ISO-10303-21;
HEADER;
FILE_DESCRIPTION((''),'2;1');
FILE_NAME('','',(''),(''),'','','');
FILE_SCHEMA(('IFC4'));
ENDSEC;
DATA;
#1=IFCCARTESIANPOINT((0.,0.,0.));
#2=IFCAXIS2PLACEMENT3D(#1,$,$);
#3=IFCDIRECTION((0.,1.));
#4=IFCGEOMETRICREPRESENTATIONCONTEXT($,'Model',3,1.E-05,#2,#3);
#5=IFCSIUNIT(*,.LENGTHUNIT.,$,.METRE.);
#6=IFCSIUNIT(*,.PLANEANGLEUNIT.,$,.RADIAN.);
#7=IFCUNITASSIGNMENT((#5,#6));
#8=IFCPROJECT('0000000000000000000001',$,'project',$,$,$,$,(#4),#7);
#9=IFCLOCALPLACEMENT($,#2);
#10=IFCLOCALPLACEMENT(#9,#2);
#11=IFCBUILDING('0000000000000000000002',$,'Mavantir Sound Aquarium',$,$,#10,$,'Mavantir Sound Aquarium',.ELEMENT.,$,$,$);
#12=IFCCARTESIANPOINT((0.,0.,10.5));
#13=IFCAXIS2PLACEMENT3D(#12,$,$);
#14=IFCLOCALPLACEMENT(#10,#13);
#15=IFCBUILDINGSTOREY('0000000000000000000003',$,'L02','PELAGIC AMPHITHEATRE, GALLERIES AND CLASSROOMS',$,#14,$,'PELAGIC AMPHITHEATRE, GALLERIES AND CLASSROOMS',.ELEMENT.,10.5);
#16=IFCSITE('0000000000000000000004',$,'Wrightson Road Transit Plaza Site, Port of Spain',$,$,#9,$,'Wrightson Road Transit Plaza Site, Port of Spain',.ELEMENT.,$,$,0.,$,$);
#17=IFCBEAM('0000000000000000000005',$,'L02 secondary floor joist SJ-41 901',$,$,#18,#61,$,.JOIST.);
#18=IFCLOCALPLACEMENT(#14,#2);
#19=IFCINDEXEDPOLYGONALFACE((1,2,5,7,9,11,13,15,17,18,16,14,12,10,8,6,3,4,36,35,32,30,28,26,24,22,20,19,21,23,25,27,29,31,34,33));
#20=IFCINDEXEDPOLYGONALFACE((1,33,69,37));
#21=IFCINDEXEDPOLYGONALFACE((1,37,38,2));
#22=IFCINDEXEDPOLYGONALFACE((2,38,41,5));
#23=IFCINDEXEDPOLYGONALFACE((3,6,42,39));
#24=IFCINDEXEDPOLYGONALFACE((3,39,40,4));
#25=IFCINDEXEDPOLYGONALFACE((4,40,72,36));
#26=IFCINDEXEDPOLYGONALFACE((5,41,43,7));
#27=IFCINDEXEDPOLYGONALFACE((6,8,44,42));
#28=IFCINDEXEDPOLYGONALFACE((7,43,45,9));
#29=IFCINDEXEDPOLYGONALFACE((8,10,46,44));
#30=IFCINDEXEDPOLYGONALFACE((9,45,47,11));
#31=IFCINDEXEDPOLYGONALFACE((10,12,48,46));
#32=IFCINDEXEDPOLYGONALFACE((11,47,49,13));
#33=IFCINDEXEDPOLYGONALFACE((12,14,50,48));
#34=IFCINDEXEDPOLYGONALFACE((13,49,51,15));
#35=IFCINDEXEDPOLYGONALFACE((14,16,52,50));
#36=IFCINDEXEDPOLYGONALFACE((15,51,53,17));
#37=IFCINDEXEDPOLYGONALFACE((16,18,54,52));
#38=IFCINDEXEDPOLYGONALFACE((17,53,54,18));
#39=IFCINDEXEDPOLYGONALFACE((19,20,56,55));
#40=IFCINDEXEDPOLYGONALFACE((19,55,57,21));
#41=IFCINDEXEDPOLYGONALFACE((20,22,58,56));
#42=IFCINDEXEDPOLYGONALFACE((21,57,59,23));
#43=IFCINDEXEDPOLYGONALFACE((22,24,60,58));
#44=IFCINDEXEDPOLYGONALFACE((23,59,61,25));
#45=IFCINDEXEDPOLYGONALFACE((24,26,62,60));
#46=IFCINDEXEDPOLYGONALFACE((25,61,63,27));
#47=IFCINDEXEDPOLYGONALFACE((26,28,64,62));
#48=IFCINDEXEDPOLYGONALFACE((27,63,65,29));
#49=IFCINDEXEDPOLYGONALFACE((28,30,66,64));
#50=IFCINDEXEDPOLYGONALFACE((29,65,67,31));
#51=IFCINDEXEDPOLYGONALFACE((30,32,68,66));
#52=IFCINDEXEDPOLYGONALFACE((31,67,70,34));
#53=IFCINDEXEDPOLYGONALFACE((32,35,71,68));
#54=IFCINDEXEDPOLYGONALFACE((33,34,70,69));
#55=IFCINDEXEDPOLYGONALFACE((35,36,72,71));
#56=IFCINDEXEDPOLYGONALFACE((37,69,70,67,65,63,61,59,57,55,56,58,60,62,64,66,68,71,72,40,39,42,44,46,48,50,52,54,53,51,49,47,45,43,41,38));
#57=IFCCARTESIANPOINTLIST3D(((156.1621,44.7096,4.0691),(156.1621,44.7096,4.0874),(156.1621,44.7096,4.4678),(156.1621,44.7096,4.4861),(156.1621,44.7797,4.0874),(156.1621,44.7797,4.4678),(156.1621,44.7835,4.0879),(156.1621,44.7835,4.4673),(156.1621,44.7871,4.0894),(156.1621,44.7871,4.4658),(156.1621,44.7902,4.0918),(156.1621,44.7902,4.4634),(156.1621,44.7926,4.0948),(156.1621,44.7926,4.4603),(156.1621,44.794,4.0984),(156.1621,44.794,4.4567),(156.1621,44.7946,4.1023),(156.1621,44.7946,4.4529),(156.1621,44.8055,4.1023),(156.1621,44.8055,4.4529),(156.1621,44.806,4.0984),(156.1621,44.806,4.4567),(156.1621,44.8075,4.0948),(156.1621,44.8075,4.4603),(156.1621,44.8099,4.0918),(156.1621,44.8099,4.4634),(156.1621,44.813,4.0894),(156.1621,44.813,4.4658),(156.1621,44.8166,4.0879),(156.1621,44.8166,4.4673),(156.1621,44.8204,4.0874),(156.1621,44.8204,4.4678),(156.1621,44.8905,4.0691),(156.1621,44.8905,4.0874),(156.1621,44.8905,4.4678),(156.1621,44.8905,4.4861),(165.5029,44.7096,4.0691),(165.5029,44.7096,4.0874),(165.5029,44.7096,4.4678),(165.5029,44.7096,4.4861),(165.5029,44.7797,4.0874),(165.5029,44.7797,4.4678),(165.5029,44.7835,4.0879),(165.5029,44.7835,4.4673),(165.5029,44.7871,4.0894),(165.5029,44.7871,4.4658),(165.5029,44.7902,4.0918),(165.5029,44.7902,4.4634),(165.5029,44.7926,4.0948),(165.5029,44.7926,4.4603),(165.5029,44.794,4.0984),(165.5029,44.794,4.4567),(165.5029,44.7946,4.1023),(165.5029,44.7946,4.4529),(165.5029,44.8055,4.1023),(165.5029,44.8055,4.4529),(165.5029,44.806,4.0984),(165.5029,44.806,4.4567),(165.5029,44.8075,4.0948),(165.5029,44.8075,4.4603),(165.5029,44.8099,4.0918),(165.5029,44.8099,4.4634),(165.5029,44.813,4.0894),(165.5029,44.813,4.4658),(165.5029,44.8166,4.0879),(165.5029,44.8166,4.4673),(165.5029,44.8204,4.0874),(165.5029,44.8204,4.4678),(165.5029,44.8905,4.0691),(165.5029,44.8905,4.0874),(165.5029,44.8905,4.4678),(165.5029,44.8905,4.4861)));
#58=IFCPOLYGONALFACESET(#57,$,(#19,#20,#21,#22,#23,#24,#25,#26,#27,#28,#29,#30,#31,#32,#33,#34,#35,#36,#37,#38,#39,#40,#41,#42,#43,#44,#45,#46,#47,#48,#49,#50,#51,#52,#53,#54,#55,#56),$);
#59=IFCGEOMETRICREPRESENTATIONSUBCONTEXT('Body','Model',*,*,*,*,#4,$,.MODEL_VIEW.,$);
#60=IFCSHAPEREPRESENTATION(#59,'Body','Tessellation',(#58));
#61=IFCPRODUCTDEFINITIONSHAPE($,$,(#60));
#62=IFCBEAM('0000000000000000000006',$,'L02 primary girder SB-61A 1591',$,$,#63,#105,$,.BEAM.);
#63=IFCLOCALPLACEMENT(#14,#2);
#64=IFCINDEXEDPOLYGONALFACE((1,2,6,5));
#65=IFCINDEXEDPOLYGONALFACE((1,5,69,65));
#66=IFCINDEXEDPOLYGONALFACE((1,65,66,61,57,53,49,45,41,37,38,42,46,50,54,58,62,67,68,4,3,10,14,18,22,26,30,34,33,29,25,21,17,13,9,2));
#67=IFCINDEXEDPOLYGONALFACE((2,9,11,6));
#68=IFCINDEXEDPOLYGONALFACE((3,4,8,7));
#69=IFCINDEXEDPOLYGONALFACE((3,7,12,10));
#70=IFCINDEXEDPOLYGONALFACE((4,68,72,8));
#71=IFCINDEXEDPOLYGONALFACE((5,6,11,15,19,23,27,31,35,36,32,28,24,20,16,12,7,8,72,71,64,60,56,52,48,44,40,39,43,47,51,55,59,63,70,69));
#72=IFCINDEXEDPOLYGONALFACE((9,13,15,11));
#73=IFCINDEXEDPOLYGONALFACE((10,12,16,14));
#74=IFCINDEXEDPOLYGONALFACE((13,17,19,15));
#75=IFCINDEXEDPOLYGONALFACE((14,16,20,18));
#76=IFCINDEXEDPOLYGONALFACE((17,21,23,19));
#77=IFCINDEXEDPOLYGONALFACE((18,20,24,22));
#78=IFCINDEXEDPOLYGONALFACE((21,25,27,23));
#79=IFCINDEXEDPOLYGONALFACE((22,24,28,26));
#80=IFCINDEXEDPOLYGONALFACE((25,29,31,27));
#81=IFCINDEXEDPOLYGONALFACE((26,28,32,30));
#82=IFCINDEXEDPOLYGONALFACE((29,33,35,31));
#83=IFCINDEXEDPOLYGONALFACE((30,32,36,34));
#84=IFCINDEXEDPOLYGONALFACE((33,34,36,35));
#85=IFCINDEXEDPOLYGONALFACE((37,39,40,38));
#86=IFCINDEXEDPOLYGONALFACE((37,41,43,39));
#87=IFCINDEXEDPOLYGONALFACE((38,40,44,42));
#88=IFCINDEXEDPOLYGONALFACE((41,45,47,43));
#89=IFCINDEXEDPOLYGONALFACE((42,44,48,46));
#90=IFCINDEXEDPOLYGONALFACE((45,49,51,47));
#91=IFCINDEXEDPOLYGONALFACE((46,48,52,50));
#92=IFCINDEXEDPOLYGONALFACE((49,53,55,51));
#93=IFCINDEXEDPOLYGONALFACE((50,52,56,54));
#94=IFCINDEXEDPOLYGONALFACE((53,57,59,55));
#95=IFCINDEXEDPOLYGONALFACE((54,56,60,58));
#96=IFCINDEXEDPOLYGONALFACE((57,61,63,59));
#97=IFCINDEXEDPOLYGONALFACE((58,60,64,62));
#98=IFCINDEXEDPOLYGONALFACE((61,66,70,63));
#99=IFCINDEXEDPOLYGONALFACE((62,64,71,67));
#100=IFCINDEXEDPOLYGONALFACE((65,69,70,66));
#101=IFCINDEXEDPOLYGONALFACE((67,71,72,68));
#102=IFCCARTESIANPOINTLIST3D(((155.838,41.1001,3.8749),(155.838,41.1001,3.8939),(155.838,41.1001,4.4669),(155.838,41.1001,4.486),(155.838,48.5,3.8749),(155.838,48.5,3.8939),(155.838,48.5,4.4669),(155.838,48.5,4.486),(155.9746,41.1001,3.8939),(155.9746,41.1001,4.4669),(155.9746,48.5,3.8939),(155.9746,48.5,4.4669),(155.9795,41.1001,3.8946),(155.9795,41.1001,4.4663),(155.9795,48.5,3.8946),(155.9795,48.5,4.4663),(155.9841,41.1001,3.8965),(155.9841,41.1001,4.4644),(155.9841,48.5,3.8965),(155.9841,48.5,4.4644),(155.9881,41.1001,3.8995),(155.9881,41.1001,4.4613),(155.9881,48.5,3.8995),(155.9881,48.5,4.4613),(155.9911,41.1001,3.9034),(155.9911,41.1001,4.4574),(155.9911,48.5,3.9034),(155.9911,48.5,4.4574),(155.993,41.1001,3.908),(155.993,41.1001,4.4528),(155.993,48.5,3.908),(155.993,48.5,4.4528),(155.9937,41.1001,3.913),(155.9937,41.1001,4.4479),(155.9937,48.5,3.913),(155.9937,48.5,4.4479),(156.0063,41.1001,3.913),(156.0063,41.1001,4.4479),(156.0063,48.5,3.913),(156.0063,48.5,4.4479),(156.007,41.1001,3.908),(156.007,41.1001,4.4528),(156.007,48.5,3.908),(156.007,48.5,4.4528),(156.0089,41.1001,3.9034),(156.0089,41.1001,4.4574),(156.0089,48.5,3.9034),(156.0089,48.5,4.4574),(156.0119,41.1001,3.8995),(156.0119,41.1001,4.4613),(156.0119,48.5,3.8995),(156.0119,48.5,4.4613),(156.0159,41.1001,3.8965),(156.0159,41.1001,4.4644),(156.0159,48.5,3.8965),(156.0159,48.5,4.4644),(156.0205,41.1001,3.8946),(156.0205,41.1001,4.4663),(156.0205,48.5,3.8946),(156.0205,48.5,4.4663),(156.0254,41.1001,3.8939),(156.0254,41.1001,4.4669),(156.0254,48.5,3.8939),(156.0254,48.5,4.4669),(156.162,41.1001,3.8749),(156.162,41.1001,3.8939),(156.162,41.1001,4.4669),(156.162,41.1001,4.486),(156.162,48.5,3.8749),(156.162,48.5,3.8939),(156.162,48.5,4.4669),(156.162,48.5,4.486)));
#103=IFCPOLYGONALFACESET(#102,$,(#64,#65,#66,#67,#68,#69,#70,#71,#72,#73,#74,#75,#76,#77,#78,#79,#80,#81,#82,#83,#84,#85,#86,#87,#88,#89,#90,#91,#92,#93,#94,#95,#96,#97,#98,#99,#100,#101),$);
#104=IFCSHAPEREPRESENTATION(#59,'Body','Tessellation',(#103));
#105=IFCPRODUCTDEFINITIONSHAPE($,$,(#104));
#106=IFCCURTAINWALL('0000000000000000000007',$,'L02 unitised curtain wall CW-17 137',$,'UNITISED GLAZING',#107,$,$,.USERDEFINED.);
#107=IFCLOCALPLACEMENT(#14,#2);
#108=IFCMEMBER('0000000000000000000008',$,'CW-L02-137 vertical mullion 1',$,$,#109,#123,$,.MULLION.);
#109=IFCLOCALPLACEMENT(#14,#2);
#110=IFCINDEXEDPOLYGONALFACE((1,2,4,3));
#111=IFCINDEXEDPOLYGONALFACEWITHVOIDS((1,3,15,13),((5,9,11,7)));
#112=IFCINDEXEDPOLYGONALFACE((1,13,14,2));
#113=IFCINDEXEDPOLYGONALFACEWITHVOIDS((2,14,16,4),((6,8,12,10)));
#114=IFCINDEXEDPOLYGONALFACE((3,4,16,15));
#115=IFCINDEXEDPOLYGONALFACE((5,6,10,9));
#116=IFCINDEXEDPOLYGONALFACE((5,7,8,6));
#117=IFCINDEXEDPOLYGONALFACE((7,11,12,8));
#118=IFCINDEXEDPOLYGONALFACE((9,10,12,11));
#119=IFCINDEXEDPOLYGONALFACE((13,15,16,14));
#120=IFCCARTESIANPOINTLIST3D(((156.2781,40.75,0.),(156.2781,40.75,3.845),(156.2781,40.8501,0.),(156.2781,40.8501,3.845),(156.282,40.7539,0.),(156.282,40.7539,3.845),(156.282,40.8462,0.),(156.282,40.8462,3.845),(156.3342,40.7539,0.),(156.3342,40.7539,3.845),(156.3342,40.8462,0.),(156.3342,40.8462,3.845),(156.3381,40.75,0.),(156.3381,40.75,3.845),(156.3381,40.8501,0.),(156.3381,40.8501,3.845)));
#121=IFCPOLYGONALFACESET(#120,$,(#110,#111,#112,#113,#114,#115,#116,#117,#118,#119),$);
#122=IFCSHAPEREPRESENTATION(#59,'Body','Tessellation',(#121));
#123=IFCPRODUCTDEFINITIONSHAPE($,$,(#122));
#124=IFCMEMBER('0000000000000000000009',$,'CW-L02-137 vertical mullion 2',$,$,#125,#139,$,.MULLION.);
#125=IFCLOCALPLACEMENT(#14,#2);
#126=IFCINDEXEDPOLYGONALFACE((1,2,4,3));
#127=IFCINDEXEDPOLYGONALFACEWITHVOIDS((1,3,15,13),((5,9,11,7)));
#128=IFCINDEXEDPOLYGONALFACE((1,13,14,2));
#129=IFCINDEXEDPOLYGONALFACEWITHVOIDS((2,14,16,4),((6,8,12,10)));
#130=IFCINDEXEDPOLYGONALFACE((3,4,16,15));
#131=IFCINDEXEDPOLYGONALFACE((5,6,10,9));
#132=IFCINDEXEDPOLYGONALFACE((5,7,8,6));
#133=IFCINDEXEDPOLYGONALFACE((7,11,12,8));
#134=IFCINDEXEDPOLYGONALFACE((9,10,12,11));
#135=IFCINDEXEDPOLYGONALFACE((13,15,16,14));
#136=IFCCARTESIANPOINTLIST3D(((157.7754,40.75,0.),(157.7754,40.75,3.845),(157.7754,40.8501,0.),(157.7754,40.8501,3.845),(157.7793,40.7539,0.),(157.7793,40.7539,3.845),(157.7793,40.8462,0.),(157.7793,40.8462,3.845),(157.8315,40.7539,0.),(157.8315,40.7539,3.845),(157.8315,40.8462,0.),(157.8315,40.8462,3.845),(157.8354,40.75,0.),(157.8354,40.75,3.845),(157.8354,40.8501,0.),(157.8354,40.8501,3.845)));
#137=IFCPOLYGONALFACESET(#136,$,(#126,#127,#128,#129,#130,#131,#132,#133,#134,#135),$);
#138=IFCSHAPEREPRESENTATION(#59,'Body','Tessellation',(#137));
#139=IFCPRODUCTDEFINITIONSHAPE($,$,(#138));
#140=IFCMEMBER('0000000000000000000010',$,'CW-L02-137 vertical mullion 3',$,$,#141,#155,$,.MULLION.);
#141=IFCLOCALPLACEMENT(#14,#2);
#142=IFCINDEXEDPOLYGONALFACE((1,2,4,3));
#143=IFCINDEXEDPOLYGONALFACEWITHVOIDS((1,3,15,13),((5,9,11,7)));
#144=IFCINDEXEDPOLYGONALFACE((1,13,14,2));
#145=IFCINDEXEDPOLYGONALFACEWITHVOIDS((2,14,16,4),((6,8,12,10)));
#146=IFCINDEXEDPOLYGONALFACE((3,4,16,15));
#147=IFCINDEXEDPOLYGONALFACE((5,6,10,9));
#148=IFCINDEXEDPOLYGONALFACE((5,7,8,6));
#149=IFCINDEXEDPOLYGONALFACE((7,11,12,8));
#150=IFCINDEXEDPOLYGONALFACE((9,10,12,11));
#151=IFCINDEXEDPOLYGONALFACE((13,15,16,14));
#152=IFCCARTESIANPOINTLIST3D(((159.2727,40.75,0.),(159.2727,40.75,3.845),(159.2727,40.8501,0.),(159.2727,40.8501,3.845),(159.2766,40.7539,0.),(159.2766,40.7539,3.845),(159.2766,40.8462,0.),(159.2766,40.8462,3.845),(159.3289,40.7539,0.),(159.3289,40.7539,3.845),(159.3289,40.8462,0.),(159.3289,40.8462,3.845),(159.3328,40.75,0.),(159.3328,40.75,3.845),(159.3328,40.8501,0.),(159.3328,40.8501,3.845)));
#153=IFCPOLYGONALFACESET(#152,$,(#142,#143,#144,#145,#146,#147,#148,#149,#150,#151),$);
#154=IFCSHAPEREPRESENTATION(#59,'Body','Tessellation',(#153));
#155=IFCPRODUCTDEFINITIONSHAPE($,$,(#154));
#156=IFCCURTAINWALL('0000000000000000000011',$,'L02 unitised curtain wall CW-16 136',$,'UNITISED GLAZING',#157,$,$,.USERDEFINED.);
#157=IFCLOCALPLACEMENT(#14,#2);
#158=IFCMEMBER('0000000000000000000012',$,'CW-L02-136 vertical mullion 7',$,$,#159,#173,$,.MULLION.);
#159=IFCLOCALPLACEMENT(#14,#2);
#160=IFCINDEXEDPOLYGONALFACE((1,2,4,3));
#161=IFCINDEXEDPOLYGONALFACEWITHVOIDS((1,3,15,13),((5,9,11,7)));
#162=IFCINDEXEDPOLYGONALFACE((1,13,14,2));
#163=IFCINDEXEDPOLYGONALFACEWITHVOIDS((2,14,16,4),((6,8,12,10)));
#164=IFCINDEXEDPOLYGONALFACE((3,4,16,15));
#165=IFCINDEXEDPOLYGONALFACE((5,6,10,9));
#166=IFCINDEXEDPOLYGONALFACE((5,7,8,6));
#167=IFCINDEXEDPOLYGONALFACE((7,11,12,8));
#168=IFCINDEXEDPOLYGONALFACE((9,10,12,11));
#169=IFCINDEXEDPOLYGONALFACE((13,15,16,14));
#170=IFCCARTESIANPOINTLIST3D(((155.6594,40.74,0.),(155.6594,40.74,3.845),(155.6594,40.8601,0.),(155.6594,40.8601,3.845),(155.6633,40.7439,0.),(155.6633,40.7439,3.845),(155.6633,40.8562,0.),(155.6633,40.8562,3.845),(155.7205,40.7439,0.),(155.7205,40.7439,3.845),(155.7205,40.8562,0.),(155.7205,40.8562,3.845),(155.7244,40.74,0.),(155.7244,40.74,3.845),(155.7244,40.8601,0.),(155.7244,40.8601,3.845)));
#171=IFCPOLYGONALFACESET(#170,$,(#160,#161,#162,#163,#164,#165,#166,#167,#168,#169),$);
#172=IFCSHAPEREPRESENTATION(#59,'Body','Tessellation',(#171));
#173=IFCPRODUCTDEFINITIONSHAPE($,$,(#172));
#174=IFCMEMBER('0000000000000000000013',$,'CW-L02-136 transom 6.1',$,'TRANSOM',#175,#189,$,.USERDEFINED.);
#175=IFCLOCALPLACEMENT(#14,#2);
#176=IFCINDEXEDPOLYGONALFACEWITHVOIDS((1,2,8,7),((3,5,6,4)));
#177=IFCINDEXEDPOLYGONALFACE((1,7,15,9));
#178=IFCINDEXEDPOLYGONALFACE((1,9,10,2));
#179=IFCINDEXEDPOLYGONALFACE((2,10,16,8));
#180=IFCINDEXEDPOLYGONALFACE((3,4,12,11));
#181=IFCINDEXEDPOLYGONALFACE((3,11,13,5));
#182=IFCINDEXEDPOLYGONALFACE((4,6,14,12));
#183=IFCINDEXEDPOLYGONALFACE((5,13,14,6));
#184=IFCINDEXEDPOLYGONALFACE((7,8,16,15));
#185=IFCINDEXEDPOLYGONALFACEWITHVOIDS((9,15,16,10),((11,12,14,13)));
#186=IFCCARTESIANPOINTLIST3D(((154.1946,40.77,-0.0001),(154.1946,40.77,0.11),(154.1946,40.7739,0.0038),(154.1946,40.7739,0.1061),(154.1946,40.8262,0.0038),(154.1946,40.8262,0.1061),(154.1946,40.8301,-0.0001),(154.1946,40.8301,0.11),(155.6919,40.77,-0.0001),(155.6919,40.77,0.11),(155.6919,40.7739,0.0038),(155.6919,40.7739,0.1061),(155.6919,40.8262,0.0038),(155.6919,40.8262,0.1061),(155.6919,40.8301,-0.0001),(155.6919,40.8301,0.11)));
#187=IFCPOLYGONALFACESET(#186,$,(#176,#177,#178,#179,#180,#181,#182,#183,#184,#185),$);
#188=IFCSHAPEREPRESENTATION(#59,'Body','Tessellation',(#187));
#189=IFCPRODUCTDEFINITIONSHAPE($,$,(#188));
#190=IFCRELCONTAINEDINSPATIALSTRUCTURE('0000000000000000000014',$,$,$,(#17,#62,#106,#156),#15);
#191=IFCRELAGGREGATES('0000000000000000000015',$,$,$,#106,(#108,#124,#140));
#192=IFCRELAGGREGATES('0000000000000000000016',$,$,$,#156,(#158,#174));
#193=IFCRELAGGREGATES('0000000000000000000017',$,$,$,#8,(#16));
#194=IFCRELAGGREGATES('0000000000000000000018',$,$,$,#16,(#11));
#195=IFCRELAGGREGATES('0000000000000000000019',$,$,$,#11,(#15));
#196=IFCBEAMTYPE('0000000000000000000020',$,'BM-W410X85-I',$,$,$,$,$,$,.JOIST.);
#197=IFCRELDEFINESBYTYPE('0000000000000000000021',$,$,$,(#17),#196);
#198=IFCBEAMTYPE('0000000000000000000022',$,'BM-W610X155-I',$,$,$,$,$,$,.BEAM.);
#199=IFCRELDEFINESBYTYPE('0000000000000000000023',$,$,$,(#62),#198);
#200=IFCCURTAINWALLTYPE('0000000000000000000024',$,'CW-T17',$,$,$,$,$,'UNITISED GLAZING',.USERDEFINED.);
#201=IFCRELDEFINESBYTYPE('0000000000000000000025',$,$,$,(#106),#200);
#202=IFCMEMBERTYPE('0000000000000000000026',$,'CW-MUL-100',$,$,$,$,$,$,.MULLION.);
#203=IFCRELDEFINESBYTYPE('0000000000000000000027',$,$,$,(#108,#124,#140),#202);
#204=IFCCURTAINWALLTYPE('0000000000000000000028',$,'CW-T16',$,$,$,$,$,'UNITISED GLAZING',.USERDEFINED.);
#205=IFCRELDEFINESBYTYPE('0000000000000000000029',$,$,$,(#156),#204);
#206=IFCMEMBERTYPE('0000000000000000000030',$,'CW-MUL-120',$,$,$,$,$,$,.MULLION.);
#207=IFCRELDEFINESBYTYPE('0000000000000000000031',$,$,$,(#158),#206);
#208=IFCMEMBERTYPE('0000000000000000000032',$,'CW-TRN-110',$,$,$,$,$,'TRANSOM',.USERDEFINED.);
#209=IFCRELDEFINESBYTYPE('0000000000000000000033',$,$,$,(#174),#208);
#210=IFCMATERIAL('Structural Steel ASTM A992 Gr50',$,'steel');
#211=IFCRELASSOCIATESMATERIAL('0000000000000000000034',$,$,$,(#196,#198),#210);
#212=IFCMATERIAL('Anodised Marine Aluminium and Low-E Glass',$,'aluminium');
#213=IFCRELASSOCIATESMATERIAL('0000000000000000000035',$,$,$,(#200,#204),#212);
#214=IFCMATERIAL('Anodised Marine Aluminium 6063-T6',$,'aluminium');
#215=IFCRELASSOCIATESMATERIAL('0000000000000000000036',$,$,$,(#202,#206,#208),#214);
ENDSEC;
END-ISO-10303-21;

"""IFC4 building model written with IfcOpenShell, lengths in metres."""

from ifc_helpers import new_model, si_unit, direction, frame, origin, origin_2d, place, context, subcontext, project, spatial, hollow_rectangle, i_section, extrude, material, material_profile, profile_set, type_object, element, aggregate, save


model = new_model("IFC4")

# Units and contexts
model_context = context("Model", 3, precision=1e-05, world=origin(), true_north=direction((0.0, 1.0)))
body_context = subcontext(model_context, "Body", "Model", "MODEL_VIEW")
ifc_project = project(units=[si_unit("LENGTHUNIT", "METRE"), si_unit("PLANEANGLEUNIT", "RADIAN")], contexts=[model_context])

# Site, building, storey
site_placement = place(None, origin())
site = spatial("IfcSite", under=ifc_project, at=site_placement, Name="Wrightson Road Transit Plaza Site, Port of Spain", LongName="Wrightson Road Transit Plaza Site, Port of Spain", CompositionType="ELEMENT", RefElevation=0.0)
building_placement = place(site_placement, origin())
building = spatial("IfcBuilding", under=site, at=building_placement, Name="Mavantir Sound Aquarium", LongName="Mavantir Sound Aquarium", CompositionType="ELEMENT")
storey_placement = place(building_placement, frame((0.0, 0.0, 10.5)))
storey = spatial("IfcBuildingStorey", under=building, at=storey_placement, Name="L02", Description="PELAGIC AMPHITHEATRE, GALLERIES AND CLASSROOMS", LongName="PELAGIC AMPHITHEATRE, GALLERIES AND CLASSROOMS", CompositionType="ELEMENT", Elevation=10.5)

# Beams
ifc_material_1 = material(Name="Structural Steel ASTM A992 Gr50", Category="steel")
ifc_material_profile_1 = material_profile(ifc_material_1, i_section(OverallWidth=0.1809, OverallDepth=0.417, WebThickness=0.011, FlangeThickness=0.0183, FilletRadius=0.0149, at=origin_2d()), Name="W410X85")
ifc_profile_set_1 = profile_set([ifc_material_profile_1], Name="Structural Steel ASTM A992 Gr50")
beam_type_1 = type_object("IfcBeamType", Name="BM-W410X85-I", PredefinedType="JOIST", material=ifc_profile_set_1)
beam_1_placement = place(storey_placement, frame((156.1621, 44.8, 4.2776), z_axis=(1.0, 0.0, 0.0), x_axis=(0.0, 1.0, 0.0)))
element("IfcBeam", 1, at=beam_1_placement, inside=storey, type_object=beam_type_1, Name="L02 secondary floor joist SJ-41 901", PredefinedType="JOIST", context=body_context, shape_type="SweptSolid", body=[
    extrude(i_section(OverallWidth=0.1809, OverallDepth=0.417, WebThickness=0.011, FlangeThickness=0.0183, FilletRadius=0.0149, at=origin_2d()), origin(), (0.0, 0.0, 1.0), 9.3408),
])
ifc_material_profile_2 = material_profile(ifc_material_1, i_section(OverallWidth=0.324, OverallDepth=0.6111, WebThickness=0.0127, FlangeThickness=0.019, FilletRadius=0.019, at=origin_2d()), Name="W610X155")
ifc_profile_set_2 = profile_set([ifc_material_profile_2], Name="Structural Steel ASTM A992 Gr50")
beam_type_2 = type_object("IfcBeamType", Name="BM-W610X155-I", PredefinedType="BEAM", material=ifc_profile_set_2)
beam_2_placement = place(storey_placement, frame((156.0, 41.1001, 4.1804), z_axis=(0.0, 1.0, 0.0), x_axis=(-1.0, 0.0, 0.0)))
element("IfcBeam", 2, at=beam_2_placement, inside=storey, type_object=beam_type_2, Name="L02 primary girder SB-61A 1591", PredefinedType="BEAM", context=body_context, shape_type="SweptSolid", body=[
    extrude(i_section(OverallWidth=0.324, OverallDepth=0.6111, WebThickness=0.0127, FlangeThickness=0.019, FilletRadius=0.019, at=origin_2d()), origin(), (0.0, 0.0, 1.0), 7.3999),
])

# Curtain walls, members
ifc_material_2 = material(Name="Anodised Marine Aluminium and Low-E Glass", Category="aluminium")
curtain_wall_type_1 = type_object("IfcCurtainWallType", Name="CW-T17", ElementType="UNITISED GLAZING", PredefinedType="USERDEFINED", material=ifc_material_2)
curtain_wall_1_placement = place(storey_placement, origin())
curtain_wall_1 = element("IfcCurtainWall", 3, at=curtain_wall_1_placement, inside=storey, type_object=curtain_wall_type_1, Name="L02 unitised curtain wall CW-17 137", ObjectType="UNITISED GLAZING", PredefinedType="USERDEFINED")
ifc_material_3 = material(Name="Anodised Marine Aluminium 6063-T6", Category="aluminium")
ifc_material_profile_3 = material_profile(ifc_material_3, hollow_rectangle(XDim=0.0601, YDim=0.1001, WallThickness=0.0039, at=origin_2d()), Name="ALU-MULLION-100X60")
ifc_profile_set_3 = profile_set([ifc_material_profile_3], Name="Anodised Marine Aluminium 6063-T6")
member_type_1 = type_object("IfcMemberType", Name="CW-MUL-100", PredefinedType="MULLION", material=ifc_profile_set_3)
member_1_placement = place(storey_placement, frame((156.3081, 40.8, 0.0), z_axis=(0.0, 0.0, 1.0), x_axis=(1.0, 0.0, 0.0)))
member_1 = element("IfcMember", 4, at=member_1_placement, type_object=member_type_1, Name="CW-L02-137 vertical mullion 1", PredefinedType="MULLION", context=body_context, shape_type="SweptSolid", body=[
    extrude(hollow_rectangle(XDim=0.0601, YDim=0.1001, WallThickness=0.0039, at=origin_2d()), origin(), (0.0, 0.0, 1.0), 3.845),
])
member_2_placement = place(storey_placement, frame((157.8054, 40.8, 0.0), z_axis=(0.0, 0.0, 1.0), x_axis=(1.0, 0.0, 0.0)))
member_2 = element("IfcMember", 5, at=member_2_placement, type_object=member_type_1, Name="CW-L02-137 vertical mullion 2", PredefinedType="MULLION", context=body_context, shape_type="SweptSolid", body=[
    extrude(hollow_rectangle(XDim=0.0601, YDim=0.1001, WallThickness=0.0039, at=origin_2d()), origin(), (0.0, 0.0, 1.0), 3.845),
])
member_3_placement = place(storey_placement, frame((159.3027, 40.8, 0.0), z_axis=(0.0, 0.0, 1.0), x_axis=(1.0, 0.0, 0.0)))
member_3 = element("IfcMember", 6, at=member_3_placement, type_object=member_type_1, Name="CW-L02-137 vertical mullion 3", PredefinedType="MULLION", context=body_context, shape_type="SweptSolid", body=[
    extrude(hollow_rectangle(XDim=0.0601, YDim=0.1001, WallThickness=0.0039, at=origin_2d()), origin(), (0.0, 0.0, 1.0), 3.845),
])
curtain_wall_type_2 = type_object("IfcCurtainWallType", Name="CW-T16", ElementType="UNITISED GLAZING", PredefinedType="USERDEFINED", material=ifc_material_2)
curtain_wall_2_placement = place(storey_placement, origin())
curtain_wall_2 = element("IfcCurtainWall", 7, at=curtain_wall_2_placement, inside=storey, type_object=curtain_wall_type_2, Name="L02 unitised curtain wall CW-16 136", ObjectType="UNITISED GLAZING", PredefinedType="USERDEFINED")
ifc_material_profile_4 = material_profile(ifc_material_3, hollow_rectangle(XDim=0.0649, YDim=0.1201, WallThickness=0.0039, at=origin_2d()), Name="ALU-MULLION-120X65")
ifc_profile_set_4 = profile_set([ifc_material_profile_4], Name="Anodised Marine Aluminium 6063-T6")
member_type_2 = type_object("IfcMemberType", Name="CW-MUL-120", PredefinedType="MULLION", material=ifc_profile_set_4)
member_4_placement = place(storey_placement, frame((155.6919, 40.8, 0.0), z_axis=(0.0, 0.0, 1.0), x_axis=(1.0, 0.0, 0.0)))
member_4 = element("IfcMember", 8, at=member_4_placement, type_object=member_type_2, Name="CW-L02-136 vertical mullion 7", PredefinedType="MULLION", context=body_context, shape_type="SweptSolid", body=[
    extrude(hollow_rectangle(XDim=0.0649, YDim=0.1201, WallThickness=0.0039, at=origin_2d()), origin(), (0.0, 0.0, 1.0), 3.845),
])
ifc_material_profile_5 = material_profile(ifc_material_3, hollow_rectangle(XDim=0.0601, YDim=0.1101, WallThickness=0.0039, at=origin_2d()), Name="ALU-TRANSOM-110X60")
ifc_profile_set_5 = profile_set([ifc_material_profile_5], Name="Anodised Marine Aluminium 6063-T6")
member_type_3 = type_object("IfcMemberType", Name="CW-TRN-110", ElementType="TRANSOM", PredefinedType="USERDEFINED", material=ifc_profile_set_5)
member_5_placement = place(storey_placement, frame((154.1946, 40.8, 0.0549), z_axis=(1.0, 0.0, 0.0), x_axis=(0.0, 1.0, 0.0)))
member_5 = element("IfcMember", 9, at=member_5_placement, type_object=member_type_3, Name="CW-L02-136 transom 6.1", ObjectType="TRANSOM", PredefinedType="USERDEFINED", context=body_context, shape_type="SweptSolid", body=[
    extrude(hollow_rectangle(XDim=0.0601, YDim=0.1101, WallThickness=0.0039, at=origin_2d()), origin(), (0.0, 0.0, 1.0), 1.4973),
])

aggregate(curtain_wall_1, [member_1, member_2, member_3])
aggregate(curtain_wall_2, [member_4, member_5])

save(model, "model.ifc")
